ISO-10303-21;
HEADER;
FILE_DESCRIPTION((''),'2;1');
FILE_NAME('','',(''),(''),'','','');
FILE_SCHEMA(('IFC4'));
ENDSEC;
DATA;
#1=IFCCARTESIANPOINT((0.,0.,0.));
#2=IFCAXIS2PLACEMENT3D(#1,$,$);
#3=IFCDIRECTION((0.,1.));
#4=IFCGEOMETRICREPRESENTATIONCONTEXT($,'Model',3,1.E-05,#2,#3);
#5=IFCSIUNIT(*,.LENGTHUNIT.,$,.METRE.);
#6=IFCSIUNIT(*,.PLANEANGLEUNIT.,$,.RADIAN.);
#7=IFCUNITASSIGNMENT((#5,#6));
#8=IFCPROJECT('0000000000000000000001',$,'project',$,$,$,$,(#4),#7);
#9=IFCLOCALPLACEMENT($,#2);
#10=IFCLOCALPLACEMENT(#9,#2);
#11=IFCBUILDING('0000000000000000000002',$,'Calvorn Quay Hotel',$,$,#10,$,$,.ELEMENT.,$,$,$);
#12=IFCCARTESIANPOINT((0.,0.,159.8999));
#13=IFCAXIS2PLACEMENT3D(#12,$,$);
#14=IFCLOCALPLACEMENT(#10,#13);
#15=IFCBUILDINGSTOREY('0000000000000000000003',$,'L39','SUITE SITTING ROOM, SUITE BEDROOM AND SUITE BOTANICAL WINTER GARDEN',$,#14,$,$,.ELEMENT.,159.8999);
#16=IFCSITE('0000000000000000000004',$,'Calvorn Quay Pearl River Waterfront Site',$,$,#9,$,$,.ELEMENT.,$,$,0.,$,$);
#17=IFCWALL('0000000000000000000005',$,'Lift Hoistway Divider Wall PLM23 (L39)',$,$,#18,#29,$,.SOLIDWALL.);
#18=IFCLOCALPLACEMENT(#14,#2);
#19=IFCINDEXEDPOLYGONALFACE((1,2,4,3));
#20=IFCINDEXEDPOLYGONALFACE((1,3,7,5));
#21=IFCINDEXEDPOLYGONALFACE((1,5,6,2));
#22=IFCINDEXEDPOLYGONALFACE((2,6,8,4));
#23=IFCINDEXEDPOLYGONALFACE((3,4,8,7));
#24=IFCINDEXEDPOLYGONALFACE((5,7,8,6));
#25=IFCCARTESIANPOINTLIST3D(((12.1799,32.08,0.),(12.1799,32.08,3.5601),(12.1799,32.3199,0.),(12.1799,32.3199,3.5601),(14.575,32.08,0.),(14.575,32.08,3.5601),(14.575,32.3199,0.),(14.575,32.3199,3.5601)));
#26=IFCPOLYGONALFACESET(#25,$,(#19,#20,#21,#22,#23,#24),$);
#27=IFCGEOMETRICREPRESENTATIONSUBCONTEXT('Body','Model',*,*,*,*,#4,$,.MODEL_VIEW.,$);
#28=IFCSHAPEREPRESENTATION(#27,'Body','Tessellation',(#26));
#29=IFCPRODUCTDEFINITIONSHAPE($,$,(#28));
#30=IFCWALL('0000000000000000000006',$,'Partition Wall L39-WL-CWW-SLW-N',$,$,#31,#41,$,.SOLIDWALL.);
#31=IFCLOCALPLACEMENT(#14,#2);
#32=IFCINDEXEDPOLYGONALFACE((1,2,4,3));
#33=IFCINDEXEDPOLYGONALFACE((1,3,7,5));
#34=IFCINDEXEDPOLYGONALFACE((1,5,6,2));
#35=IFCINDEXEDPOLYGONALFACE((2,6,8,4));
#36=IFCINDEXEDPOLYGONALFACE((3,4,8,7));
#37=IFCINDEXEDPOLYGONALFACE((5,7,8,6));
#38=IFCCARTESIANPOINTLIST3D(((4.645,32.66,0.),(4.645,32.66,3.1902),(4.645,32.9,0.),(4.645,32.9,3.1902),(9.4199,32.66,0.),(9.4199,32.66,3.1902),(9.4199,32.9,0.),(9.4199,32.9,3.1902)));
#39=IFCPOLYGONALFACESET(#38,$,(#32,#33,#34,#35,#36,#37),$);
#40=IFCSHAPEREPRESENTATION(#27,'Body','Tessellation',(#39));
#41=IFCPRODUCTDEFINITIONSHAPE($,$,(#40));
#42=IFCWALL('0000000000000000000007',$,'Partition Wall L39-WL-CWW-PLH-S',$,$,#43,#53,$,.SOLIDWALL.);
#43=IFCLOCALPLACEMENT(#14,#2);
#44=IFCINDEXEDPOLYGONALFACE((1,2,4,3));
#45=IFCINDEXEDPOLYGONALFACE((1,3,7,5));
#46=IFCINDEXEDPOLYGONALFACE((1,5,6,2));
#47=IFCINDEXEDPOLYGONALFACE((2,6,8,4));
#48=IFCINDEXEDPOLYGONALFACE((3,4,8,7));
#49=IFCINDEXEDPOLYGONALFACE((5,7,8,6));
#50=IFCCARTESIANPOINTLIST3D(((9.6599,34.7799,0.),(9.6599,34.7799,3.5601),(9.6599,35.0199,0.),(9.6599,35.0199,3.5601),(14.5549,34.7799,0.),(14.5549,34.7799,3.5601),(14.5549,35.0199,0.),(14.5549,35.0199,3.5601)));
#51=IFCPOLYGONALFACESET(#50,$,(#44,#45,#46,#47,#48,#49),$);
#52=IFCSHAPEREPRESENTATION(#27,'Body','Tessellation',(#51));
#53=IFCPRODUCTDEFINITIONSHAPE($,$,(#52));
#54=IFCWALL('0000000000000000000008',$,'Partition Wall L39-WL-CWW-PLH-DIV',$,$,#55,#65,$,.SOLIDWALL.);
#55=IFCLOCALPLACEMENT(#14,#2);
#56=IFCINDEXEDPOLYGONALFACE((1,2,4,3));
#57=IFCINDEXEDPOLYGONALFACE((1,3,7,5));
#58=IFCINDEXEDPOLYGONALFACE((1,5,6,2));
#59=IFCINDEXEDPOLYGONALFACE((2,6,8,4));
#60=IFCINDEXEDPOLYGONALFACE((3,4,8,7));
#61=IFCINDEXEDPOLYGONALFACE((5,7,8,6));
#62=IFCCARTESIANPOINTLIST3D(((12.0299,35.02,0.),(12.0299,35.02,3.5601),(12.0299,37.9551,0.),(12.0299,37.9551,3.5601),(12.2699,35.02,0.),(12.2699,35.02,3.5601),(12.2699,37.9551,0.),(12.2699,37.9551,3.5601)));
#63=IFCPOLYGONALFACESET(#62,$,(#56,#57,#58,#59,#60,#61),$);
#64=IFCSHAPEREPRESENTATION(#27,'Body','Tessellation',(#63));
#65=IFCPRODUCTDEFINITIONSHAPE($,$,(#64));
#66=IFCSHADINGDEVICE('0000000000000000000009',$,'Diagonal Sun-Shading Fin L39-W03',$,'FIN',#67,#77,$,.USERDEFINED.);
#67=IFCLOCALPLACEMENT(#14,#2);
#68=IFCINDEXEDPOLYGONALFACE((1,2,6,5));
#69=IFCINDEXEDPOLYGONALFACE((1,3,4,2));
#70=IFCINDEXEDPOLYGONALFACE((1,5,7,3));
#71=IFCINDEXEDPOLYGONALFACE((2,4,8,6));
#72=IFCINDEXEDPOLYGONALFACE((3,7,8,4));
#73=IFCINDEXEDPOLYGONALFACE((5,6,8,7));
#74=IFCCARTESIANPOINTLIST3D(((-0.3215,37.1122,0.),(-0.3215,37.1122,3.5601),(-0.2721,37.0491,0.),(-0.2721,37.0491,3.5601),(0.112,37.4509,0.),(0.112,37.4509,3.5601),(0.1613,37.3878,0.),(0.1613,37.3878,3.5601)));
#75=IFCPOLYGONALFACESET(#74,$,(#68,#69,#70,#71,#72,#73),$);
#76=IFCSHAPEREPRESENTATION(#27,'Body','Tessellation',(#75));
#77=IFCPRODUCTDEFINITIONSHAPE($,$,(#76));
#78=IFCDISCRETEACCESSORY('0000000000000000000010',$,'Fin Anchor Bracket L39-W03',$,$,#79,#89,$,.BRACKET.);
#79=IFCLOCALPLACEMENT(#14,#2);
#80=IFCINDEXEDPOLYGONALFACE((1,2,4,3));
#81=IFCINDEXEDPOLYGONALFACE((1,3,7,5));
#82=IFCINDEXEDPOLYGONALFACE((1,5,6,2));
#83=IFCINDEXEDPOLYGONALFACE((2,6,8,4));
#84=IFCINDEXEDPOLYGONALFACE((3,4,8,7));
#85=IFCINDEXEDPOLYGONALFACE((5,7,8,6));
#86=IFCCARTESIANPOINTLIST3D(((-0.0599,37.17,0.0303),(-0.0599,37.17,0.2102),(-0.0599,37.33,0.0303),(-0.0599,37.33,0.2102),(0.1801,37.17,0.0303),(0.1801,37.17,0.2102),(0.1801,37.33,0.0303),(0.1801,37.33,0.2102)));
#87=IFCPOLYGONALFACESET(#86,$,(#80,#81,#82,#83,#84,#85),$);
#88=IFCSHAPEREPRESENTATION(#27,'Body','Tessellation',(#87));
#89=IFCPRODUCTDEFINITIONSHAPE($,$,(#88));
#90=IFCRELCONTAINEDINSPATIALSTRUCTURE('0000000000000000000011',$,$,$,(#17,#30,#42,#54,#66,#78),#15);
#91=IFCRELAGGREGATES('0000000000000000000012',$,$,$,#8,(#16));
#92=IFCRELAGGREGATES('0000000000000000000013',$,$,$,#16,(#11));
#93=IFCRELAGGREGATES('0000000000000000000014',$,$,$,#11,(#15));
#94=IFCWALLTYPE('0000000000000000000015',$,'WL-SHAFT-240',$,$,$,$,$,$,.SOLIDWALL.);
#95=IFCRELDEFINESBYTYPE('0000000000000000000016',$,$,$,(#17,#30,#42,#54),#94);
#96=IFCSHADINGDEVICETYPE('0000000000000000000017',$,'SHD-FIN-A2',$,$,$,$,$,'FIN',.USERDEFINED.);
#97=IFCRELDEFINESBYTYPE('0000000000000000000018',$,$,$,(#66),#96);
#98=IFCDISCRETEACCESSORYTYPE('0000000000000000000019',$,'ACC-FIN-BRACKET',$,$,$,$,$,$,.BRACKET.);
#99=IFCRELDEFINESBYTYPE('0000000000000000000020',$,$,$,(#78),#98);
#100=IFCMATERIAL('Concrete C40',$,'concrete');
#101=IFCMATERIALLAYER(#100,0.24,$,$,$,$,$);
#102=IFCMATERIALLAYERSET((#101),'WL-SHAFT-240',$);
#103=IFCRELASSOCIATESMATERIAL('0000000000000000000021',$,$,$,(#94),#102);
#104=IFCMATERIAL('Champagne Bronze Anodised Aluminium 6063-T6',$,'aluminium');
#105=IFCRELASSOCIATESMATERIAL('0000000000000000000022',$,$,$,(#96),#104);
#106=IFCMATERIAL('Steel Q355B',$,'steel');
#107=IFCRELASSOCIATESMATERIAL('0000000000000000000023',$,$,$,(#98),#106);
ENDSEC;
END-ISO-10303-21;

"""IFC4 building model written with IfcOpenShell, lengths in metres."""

from ifc_helpers import new_model, si_unit, direction, frame, frame_2d, origin, origin_2d, place, context, subcontext, project, spatial, rectangle, extrude, material, layer, layer_set, type_object, element, save


model = new_model("IFC4")

# Units and contexts
model_context = context("Model", 3, precision=1e-05, world=origin(), true_north=direction((0.0, 1.0)))
body_context = subcontext(model_context, "Body", "Model", "MODEL_VIEW")
ifc_project = project(units=[si_unit("LENGTHUNIT", "METRE"), si_unit("PLANEANGLEUNIT", "RADIAN")], contexts=[model_context])

# Site, building, storey
site_placement = place(None, origin())
site = spatial("IfcSite", under=ifc_project, at=site_placement, Name="Calvorn Quay Pearl River Waterfront Site", CompositionType="ELEMENT", RefElevation=0.0)
building_placement = place(site_placement, origin())
building = spatial("IfcBuilding", under=site, at=building_placement, Name="Calvorn Quay Hotel", CompositionType="ELEMENT")
storey_placement = place(building_placement, frame((0.0, 0.0, 159.8999)))
storey = spatial("IfcBuildingStorey", under=building, at=storey_placement, Name="L39", Description="SUITE SITTING ROOM, SUITE BEDROOM AND SUITE BOTANICAL WINTER GARDEN", CompositionType="ELEMENT", Elevation=159.8999)

# Walls
ifc_material_1 = material(Name="Concrete C40", Category="concrete")
ifc_layer_1 = layer(ifc_material_1, 0.24)
ifc_layer_set_1 = layer_set([ifc_layer_1], Name="WL-SHAFT-240")
wall_type_1 = type_object("IfcWallType", Name="WL-SHAFT-240", PredefinedType="SOLIDWALL", material=ifc_layer_set_1)
wall_1_placement = place(storey_placement, frame((12.1799, 32.2, 0.0), z_axis=(0.0, 0.0, 1.0), x_axis=(1.0, 0.0, 0.0)))
element("IfcWall", 1, at=wall_1_placement, inside=storey, type_object=wall_type_1, Name="Lift Hoistway Divider Wall PLM23 (L39)", PredefinedType="SOLIDWALL", context=body_context, shape_type="SweptSolid", body=[
    extrude(rectangle(XDim=2.395, YDim=0.24, at=frame_2d((1.1975, 0.0))), origin(), (0.0, 0.0, 1.0), 3.5601),
])
wall_2_placement = place(storey_placement, frame((4.645, 32.78, 0.0), z_axis=(0.0, 0.0, 1.0), x_axis=(1.0, 0.0, 0.0)))
element("IfcWall", 2, at=wall_2_placement, inside=storey, type_object=wall_type_1, Name="Partition Wall L39-WL-CWW-SLW-N", PredefinedType="SOLIDWALL", context=body_context, shape_type="SweptSolid", body=[
    extrude(rectangle(XDim=4.7749, YDim=0.24, at=frame_2d((2.3875, 0.0))), origin(), (0.0, 0.0, 1.0), 3.1902),
])
wall_3_placement = place(storey_placement, frame((9.6599, 34.8999, 0.0), z_axis=(0.0, 0.0, 1.0), x_axis=(1.0, 0.0, 0.0)))
element("IfcWall", 3, at=wall_3_placement, inside=storey, type_object=wall_type_1, Name="Partition Wall L39-WL-CWW-PLH-S", PredefinedType="SOLIDWALL", context=body_context, shape_type="SweptSolid", body=[
    extrude(rectangle(XDim=4.895, YDim=0.24, at=frame_2d((2.4475, 0.0))), origin(), (0.0, 0.0, 1.0), 3.5601),
])
wall_4_placement = place(storey_placement, frame((12.1499, 35.02, 0.0), z_axis=(0.0, 0.0, 1.0), x_axis=(0.0, 1.0, 0.0)))
element("IfcWall", 4, at=wall_4_placement, inside=storey, type_object=wall_type_1, Name="Partition Wall L39-WL-CWW-PLH-DIV", PredefinedType="SOLIDWALL", context=body_context, shape_type="SweptSolid", body=[
    extrude(rectangle(XDim=2.9351, YDim=0.24, at=frame_2d((1.4675, 0.0))), origin(), (0.0, 0.0, 1.0), 3.5601),
])

# Shading device
ifc_material_2 = material(Name="Champagne Bronze Anodised Aluminium 6063-T6", Category="aluminium")
shading_device_type = type_object("IfcShadingDeviceType", Name="SHD-FIN-A2", ElementType="FIN", PredefinedType="USERDEFINED", material=ifc_material_2)
shading_device_placement = place(storey_placement, frame((-0.0801, 37.25, 0.0), z_axis=(0.0, 0.0, 1.0), x_axis=(0.788011, 0.615661, 0.0)))
element("IfcShadingDevice", 5, at=shading_device_placement, inside=storey, type_object=shading_device_type, Name="Diagonal Sun-Shading Fin L39-W03", ObjectType="FIN", PredefinedType="USERDEFINED", context=body_context, shape_type="SweptSolid", body=[
    extrude(rectangle(XDim=0.55, YDim=0.0801, at=origin_2d()), origin(), (0.0, 0.0, 1.0), 3.5601),
])

# Discrete accessory
ifc_material_3 = material(Name="Steel Q355B", Category="steel")
discrete_accessory_type = type_object("IfcDiscreteAccessoryType", Name="ACC-FIN-BRACKET", PredefinedType="BRACKET", material=ifc_material_3)
discrete_accessory_placement = place(storey_placement, frame((0.0601, 37.25, 0.0303), z_axis=(0.0, 0.0, 1.0), x_axis=(1.0, 0.0, 0.0)))
element("IfcDiscreteAccessory", 6, at=discrete_accessory_placement, inside=storey, type_object=discrete_accessory_type, Name="Fin Anchor Bracket L39-W03", PredefinedType="BRACKET", context=body_context, shape_type="SweptSolid", body=[
    extrude(rectangle(XDim=0.24, YDim=0.1599, at=origin_2d()), origin(), (0.0, 0.0, 1.0), 0.1799),
])

save(model, "model.ifc")
